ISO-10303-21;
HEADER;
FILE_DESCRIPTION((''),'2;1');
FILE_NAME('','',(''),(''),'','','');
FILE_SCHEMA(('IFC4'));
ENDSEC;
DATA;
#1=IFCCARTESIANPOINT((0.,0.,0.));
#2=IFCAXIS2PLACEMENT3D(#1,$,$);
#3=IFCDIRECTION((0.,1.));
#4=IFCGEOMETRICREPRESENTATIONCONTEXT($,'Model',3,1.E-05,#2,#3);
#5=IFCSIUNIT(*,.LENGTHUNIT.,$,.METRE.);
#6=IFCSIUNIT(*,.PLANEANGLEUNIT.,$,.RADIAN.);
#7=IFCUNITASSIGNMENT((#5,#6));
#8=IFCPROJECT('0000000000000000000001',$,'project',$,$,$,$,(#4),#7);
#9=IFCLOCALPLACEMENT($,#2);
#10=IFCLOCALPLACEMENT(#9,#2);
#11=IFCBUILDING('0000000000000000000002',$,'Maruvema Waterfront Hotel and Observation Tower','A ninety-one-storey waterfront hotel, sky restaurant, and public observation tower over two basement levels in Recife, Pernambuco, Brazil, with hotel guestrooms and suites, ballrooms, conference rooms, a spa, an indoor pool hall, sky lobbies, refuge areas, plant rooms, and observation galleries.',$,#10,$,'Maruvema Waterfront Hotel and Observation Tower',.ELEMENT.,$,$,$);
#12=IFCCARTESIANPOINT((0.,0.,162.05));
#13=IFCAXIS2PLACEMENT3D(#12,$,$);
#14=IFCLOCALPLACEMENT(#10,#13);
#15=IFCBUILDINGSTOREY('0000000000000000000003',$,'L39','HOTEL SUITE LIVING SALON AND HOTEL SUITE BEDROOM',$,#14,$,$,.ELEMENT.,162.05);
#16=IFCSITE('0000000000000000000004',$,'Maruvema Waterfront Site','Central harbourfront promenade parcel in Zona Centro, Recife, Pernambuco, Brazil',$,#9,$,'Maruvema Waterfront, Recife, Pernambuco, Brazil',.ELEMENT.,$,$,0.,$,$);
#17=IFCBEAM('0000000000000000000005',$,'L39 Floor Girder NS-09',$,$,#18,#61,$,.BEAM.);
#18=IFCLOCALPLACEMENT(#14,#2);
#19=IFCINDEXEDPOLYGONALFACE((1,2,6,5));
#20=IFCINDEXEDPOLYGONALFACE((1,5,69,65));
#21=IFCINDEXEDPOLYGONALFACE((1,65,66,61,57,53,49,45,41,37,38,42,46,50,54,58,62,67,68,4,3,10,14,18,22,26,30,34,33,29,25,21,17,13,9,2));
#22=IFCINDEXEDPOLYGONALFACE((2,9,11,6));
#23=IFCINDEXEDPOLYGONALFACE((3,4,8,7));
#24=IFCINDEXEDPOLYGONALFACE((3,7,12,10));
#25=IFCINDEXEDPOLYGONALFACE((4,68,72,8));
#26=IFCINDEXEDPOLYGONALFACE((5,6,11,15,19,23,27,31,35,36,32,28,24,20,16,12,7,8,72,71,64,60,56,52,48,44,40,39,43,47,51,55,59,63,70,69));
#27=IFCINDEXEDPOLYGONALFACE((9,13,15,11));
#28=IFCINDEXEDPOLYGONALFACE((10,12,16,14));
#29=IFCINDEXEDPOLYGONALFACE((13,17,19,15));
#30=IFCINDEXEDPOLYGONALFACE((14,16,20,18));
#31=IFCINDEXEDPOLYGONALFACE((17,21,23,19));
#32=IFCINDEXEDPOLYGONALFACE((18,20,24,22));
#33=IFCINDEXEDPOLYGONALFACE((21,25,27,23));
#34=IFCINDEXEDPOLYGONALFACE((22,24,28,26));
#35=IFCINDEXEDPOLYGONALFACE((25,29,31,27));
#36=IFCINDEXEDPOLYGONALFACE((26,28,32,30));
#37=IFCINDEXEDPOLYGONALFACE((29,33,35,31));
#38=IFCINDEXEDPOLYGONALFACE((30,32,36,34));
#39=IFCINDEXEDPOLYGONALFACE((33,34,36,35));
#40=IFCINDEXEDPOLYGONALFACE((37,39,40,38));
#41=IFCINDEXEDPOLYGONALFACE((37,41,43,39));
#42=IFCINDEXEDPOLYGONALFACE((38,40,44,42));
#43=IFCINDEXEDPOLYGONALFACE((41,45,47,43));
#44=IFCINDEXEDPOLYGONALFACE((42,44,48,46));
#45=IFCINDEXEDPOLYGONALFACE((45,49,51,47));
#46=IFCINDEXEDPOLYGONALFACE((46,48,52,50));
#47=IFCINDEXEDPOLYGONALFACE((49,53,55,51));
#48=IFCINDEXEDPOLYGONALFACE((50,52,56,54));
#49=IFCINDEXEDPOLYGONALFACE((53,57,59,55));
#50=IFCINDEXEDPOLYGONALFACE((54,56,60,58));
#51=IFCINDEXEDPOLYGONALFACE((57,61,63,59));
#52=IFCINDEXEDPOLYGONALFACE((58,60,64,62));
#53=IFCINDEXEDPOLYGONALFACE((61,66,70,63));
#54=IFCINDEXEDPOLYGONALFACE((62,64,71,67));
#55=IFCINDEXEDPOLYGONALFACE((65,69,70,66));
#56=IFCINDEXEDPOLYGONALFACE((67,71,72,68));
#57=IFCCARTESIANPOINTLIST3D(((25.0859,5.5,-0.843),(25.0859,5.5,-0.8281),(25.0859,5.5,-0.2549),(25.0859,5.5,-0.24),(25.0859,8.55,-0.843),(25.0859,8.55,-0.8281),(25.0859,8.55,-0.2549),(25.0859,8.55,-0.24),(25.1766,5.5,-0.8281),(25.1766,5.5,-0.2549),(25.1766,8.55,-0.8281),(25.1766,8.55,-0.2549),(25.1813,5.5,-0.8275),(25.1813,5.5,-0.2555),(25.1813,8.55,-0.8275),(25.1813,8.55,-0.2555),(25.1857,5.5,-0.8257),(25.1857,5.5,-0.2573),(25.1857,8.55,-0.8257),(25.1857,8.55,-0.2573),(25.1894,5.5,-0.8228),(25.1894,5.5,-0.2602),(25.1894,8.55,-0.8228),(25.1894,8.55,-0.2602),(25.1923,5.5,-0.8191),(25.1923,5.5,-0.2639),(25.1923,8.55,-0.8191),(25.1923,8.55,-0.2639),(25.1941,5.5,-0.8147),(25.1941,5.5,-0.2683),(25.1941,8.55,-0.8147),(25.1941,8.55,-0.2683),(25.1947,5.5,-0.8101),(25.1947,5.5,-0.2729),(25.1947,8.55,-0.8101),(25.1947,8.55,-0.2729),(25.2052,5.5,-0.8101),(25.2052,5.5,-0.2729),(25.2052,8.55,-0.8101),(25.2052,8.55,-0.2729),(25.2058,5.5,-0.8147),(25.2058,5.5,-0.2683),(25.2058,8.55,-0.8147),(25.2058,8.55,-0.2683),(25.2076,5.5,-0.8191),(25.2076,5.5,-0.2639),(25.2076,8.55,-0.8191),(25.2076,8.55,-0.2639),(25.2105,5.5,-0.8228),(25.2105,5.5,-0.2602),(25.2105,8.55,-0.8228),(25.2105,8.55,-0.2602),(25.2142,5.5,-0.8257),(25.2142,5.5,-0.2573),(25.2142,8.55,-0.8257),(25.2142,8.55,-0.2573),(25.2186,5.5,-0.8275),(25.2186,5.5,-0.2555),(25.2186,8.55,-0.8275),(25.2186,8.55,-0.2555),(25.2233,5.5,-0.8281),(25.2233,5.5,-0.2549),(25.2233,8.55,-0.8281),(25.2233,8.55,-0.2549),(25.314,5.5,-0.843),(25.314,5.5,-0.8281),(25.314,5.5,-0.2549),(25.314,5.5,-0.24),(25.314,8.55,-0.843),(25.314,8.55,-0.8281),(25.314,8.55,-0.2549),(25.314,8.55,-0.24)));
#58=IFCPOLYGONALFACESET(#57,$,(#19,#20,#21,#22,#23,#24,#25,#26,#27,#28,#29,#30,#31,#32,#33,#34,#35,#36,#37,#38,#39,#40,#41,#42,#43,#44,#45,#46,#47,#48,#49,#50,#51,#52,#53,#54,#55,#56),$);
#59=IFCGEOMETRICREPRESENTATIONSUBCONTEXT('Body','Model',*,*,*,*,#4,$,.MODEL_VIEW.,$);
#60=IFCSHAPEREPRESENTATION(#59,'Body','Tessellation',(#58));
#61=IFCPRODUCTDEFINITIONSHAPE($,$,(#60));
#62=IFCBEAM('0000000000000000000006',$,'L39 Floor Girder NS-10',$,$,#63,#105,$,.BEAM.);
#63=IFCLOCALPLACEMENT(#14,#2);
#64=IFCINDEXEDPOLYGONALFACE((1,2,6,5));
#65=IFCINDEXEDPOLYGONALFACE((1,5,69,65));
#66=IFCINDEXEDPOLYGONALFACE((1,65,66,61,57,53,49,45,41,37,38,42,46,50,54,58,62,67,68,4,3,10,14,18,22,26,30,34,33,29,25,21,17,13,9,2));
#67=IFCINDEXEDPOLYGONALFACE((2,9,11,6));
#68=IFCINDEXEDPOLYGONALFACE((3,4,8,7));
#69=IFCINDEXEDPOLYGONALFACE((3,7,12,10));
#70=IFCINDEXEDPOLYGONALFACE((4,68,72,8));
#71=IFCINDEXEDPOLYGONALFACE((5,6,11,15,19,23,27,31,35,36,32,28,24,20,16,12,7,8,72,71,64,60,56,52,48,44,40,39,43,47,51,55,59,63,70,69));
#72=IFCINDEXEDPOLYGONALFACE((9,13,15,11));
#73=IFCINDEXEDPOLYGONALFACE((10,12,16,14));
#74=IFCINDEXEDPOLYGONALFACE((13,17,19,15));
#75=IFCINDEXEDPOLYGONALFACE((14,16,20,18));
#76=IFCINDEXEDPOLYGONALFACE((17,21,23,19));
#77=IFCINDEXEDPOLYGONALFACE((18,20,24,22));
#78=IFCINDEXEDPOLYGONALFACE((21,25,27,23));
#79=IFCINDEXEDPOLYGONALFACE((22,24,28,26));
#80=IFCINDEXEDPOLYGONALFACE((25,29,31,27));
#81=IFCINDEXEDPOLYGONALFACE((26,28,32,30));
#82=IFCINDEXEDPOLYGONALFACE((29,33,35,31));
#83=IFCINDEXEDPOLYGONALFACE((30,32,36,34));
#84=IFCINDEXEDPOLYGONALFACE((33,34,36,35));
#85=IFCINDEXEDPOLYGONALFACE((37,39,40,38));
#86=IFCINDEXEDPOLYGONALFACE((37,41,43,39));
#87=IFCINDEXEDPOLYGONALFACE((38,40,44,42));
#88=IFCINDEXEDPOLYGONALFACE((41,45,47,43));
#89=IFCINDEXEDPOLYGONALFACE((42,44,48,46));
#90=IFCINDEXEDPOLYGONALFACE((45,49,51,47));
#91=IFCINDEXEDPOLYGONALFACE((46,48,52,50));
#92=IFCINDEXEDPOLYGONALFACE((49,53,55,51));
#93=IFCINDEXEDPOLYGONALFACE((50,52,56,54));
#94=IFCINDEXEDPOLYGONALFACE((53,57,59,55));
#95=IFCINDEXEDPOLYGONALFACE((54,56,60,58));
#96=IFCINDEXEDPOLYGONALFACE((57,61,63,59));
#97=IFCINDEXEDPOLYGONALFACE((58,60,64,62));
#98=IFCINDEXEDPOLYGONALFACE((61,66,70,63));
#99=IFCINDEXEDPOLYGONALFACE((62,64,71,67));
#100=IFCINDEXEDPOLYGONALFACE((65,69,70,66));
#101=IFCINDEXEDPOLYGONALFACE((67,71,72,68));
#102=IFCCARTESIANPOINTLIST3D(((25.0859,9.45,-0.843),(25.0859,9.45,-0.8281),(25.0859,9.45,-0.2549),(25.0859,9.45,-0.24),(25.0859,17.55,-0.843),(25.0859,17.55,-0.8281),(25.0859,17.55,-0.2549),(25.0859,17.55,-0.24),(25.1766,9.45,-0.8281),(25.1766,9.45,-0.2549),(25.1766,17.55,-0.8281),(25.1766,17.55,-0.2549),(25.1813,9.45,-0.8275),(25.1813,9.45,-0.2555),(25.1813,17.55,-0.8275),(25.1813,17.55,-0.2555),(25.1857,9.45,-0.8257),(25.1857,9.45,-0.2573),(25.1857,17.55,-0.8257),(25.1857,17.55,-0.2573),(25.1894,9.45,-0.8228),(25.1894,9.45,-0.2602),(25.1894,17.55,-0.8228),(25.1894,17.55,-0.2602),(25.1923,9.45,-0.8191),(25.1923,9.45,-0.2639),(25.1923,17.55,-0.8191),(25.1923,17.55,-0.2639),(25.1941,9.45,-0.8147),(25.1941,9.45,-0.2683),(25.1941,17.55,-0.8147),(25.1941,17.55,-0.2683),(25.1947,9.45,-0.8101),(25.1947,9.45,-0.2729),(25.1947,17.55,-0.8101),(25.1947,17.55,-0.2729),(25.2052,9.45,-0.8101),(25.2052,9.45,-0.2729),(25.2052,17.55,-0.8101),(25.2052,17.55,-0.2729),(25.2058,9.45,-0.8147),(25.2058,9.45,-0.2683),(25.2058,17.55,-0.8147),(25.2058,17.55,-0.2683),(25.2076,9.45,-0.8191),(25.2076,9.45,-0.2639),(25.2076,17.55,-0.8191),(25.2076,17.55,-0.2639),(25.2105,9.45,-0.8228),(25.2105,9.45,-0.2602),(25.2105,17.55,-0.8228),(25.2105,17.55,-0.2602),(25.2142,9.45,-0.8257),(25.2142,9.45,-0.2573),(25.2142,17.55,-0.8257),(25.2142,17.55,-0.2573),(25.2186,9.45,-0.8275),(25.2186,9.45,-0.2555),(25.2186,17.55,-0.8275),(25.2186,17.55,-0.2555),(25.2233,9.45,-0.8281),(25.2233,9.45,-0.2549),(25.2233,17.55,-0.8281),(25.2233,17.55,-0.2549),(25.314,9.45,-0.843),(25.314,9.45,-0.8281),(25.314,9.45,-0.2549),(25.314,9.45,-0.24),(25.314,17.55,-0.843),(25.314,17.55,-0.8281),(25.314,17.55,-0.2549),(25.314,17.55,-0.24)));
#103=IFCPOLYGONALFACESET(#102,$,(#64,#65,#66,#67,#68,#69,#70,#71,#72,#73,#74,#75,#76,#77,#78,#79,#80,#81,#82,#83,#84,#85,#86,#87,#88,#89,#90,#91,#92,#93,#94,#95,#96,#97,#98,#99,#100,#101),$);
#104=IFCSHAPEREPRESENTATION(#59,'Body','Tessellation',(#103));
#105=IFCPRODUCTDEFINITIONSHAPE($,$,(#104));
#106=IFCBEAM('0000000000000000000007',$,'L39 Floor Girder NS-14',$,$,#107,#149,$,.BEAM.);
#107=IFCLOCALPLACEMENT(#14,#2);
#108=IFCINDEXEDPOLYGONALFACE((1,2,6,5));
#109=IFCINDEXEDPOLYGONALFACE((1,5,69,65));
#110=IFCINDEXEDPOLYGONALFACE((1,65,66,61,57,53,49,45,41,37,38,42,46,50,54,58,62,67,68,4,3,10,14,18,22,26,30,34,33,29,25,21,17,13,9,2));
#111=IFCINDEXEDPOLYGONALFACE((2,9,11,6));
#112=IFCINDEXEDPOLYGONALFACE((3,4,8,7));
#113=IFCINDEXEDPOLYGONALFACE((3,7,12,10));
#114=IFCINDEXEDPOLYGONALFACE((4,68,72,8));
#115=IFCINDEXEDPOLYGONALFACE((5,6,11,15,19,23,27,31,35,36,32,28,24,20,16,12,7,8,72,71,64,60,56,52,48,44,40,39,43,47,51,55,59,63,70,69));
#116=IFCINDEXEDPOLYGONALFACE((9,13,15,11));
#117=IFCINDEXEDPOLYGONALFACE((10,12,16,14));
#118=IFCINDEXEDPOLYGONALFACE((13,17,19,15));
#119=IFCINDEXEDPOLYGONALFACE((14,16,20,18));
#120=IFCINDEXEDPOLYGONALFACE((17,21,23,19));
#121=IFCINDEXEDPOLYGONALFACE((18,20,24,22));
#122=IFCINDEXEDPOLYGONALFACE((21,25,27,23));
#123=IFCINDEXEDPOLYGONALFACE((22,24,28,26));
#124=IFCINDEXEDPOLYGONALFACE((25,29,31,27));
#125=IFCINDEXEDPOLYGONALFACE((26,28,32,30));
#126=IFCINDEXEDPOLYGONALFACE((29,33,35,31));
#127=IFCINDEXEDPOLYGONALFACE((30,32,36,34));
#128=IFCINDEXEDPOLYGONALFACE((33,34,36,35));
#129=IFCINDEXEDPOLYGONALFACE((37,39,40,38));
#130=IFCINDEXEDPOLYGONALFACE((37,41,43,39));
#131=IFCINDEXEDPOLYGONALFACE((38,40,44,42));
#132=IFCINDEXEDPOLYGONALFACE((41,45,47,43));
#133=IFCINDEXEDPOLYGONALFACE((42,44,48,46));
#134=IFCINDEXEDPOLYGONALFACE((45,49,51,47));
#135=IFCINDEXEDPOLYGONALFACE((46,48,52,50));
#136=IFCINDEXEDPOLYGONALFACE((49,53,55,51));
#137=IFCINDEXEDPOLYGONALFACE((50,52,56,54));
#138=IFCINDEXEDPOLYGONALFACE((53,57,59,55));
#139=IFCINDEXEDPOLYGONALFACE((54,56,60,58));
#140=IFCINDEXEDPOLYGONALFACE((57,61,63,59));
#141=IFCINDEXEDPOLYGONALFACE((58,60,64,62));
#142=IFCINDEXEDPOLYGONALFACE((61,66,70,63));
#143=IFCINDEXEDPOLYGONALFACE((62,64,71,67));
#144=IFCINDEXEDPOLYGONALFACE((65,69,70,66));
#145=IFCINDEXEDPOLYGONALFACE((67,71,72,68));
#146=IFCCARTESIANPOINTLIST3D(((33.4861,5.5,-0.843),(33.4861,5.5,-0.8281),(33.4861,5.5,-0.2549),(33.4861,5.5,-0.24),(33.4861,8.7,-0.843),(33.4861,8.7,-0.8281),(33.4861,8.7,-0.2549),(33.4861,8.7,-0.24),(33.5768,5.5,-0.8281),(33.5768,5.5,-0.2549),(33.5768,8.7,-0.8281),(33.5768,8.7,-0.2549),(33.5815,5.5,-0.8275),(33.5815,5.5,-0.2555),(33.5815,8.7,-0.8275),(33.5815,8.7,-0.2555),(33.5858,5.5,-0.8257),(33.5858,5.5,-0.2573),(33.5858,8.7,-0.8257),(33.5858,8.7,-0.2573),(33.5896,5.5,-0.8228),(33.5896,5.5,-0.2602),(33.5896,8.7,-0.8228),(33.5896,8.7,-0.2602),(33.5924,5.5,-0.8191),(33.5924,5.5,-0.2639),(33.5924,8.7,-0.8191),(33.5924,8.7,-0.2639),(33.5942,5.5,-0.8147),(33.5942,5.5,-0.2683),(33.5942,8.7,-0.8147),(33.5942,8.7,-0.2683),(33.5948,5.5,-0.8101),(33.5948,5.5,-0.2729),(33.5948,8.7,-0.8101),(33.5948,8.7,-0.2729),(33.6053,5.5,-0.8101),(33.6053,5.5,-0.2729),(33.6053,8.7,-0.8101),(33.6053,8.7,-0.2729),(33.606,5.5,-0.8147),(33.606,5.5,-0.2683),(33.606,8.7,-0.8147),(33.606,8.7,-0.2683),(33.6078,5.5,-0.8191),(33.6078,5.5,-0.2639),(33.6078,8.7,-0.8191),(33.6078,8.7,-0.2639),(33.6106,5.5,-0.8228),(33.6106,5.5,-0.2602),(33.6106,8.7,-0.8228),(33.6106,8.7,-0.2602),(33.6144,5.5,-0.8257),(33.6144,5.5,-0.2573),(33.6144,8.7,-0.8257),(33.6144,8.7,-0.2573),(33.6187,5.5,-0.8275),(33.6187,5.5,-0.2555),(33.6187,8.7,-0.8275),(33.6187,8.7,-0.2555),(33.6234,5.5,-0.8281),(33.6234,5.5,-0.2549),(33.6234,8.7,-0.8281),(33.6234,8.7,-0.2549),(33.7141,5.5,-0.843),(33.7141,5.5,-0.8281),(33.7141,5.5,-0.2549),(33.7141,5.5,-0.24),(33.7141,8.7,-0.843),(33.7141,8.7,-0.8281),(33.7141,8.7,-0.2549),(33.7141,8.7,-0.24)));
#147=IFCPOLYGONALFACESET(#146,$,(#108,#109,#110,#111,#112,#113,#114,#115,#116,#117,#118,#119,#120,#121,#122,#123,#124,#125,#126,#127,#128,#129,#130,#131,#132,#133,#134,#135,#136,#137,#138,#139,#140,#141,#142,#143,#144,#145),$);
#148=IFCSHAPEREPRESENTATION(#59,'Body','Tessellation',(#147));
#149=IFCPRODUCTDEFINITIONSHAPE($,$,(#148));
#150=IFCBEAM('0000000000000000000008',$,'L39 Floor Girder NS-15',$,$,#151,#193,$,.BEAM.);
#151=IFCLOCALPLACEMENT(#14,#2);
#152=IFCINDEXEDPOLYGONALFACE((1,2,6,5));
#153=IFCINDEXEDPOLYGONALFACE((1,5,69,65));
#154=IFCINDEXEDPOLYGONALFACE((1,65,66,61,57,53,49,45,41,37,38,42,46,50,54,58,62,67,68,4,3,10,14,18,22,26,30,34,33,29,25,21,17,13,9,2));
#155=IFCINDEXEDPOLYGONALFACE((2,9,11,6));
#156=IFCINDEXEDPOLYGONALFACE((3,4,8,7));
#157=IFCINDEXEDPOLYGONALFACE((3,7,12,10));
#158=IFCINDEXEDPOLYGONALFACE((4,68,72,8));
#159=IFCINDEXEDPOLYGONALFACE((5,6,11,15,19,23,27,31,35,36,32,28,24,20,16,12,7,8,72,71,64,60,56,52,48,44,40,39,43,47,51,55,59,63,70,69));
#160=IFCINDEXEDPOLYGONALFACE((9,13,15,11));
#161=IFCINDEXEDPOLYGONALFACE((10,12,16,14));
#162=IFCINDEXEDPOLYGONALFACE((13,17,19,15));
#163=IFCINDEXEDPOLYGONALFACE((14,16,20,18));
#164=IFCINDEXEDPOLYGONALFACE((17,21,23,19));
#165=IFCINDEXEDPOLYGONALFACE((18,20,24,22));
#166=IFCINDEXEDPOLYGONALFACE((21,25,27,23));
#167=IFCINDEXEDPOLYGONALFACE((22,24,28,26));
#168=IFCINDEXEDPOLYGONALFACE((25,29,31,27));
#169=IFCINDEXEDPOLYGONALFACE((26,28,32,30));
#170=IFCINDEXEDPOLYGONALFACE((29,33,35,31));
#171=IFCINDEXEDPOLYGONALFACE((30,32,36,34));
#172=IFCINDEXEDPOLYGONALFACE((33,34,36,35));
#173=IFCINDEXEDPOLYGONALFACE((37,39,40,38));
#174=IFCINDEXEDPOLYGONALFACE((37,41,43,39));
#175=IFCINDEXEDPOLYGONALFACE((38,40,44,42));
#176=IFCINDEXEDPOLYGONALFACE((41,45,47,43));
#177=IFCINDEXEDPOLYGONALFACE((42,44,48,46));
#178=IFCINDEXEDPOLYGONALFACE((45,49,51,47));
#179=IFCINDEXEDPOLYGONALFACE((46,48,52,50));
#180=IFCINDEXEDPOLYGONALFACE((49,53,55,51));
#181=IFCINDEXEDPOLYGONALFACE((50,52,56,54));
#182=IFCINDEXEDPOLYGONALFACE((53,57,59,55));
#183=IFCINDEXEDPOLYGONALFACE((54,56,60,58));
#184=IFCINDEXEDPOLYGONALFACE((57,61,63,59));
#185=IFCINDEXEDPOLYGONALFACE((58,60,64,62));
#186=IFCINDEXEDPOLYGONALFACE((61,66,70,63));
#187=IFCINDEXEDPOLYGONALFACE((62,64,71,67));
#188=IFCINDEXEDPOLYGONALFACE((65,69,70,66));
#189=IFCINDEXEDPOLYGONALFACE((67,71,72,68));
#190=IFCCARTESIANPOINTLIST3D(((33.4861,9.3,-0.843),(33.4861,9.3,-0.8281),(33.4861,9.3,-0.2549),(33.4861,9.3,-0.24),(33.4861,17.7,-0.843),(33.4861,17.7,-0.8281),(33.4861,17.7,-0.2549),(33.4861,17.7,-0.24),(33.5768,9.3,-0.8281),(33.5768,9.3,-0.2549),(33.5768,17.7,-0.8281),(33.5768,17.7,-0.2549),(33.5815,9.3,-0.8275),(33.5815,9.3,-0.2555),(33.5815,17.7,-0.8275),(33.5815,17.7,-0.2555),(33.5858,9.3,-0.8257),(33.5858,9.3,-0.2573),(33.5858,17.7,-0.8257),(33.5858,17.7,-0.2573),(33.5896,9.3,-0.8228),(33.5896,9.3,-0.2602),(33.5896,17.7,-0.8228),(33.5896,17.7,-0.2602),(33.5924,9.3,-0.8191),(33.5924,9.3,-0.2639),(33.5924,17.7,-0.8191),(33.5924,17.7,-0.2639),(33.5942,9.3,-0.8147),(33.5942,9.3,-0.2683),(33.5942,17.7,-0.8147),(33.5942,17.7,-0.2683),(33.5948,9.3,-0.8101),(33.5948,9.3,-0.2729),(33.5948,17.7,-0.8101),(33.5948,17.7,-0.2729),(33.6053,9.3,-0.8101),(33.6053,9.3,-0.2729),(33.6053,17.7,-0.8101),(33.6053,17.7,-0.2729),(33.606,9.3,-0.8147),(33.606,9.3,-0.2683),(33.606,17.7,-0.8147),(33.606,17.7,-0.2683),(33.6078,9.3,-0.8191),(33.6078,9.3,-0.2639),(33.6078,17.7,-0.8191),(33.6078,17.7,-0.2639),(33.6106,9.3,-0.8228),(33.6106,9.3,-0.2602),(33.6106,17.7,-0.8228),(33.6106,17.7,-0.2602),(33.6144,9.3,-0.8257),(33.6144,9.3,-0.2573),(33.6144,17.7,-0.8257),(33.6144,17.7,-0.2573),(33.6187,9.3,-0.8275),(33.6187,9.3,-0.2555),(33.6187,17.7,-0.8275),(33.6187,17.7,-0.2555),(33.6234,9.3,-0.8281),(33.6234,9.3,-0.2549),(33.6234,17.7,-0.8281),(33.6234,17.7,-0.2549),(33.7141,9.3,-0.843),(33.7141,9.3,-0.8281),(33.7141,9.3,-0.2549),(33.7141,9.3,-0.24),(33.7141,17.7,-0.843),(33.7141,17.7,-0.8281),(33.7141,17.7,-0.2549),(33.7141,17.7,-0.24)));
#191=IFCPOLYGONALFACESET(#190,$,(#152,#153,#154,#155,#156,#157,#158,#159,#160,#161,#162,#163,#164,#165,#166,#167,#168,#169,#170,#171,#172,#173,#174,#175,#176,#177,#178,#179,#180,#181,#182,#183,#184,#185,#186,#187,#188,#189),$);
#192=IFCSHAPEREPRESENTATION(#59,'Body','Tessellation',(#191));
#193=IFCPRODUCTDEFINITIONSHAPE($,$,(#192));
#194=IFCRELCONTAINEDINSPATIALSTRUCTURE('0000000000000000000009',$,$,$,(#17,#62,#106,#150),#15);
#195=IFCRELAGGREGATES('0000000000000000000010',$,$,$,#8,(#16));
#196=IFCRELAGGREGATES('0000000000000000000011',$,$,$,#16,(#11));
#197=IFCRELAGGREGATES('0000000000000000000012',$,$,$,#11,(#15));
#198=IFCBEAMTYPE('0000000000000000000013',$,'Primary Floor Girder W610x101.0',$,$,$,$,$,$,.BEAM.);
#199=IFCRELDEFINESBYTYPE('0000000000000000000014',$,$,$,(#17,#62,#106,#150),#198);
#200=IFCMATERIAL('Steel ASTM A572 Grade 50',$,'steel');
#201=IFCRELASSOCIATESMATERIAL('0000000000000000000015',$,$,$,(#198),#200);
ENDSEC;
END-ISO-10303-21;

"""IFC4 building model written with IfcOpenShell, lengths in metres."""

from ifc_helpers import new_model, si_unit, direction, frame, origin, origin_2d, place, context, subcontext, project, spatial, i_section, extrude, material, material_profile, profile_set, type_object, element, save


model = new_model("IFC4")

# Units and contexts
model_context = context("Model", 3, precision=1e-05, world=origin(), true_north=direction((0.0, 1.0)))
body_context = subcontext(model_context, "Body", "Model", "MODEL_VIEW")
ifc_project = project(units=[si_unit("LENGTHUNIT", "METRE"), si_unit("PLANEANGLEUNIT", "RADIAN")], contexts=[model_context])

# Site, building, storey
site_placement = place(None, origin())
site = spatial("IfcSite", under=ifc_project, at=site_placement, Name="Maruvema Waterfront Site", Description="Central harbourfront promenade parcel in Zona Centro, Recife, Pernambuco, Brazil", LongName="Maruvema Waterfront, Recife, Pernambuco, Brazil", CompositionType="ELEMENT", RefElevation=0.0)
building_placement = place(site_placement, origin())
building = spatial("IfcBuilding", under=site, at=building_placement, Name="Maruvema Waterfront Hotel and Observation Tower", Description="A ninety-one-storey waterfront hotel, sky restaurant, and public observation tower over two basement levels in Recife, Pernambuco, Brazil, with hotel guestrooms and suites, ballrooms, conference rooms, a spa, an indoor pool hall, sky lobbies, refuge areas, plant rooms, and observation galleries.", LongName="Maruvema Waterfront Hotel and Observation Tower", CompositionType="ELEMENT")
storey_placement = place(building_placement, frame((0.0, 0.0, 162.05)))
storey = spatial("IfcBuildingStorey", under=building, at=storey_placement, Name="L39", Description="HOTEL SUITE LIVING SALON AND HOTEL SUITE BEDROOM", CompositionType="ELEMENT", Elevation=162.05)

# Beams
ifc_material_1 = material(Name="Steel ASTM A572 Grade 50", Category="steel")
ifc_material_profile_1 = material_profile(ifc_material_1, i_section(OverallWidth=0.228, OverallDepth=0.603, WebThickness=0.0105, FlangeThickness=0.0149, FilletRadius=0.0181, at=origin_2d()), Name="W610x101.0")
ifc_profile_set_1 = profile_set([ifc_material_profile_1], Name="Steel ASTM A572 Grade 50")
beam_type_1 = type_object("IfcBeamType", Name="Primary Floor Girder W610x101.0", PredefinedType="BEAM", material=ifc_profile_set_1)
beam_1_placement = place(storey_placement, frame((25.2, 5.5, -0.5415), z_axis=(0.0, 1.0, 0.0), x_axis=(-1.0, 0.0, 0.0)))
element("IfcBeam", 1, at=beam_1_placement, inside=storey, type_object=beam_type_1, Name="L39 Floor Girder NS-09", PredefinedType="BEAM", context=body_context, shape_type="SweptSolid", body=[
    extrude(i_section(OverallWidth=0.228, OverallDepth=0.603, WebThickness=0.0105, FlangeThickness=0.0149, FilletRadius=0.0181, at=origin_2d()), origin(), (0.0, 0.0, 1.0), 3.05),
])
beam_2_placement = place(storey_placement, frame((25.2, 9.45, -0.5415), z_axis=(0.0, 1.0, 0.0), x_axis=(-1.0, 0.0, 0.0)))
element("IfcBeam", 2, at=beam_2_placement, inside=storey, type_object=beam_type_1, Name="L39 Floor Girder NS-10", PredefinedType="BEAM", context=body_context, shape_type="SweptSolid", body=[
    extrude(i_section(OverallWidth=0.228, OverallDepth=0.603, WebThickness=0.0105, FlangeThickness=0.0149, FilletRadius=0.0181, at=origin_2d()), origin(), (0.0, 0.0, 1.0), 8.1001),
])
beam_3_placement = place(storey_placement, frame((33.6001, 5.5, -0.5415), z_axis=(0.0, 1.0, 0.0), x_axis=(-1.0, 0.0, 0.0)))
element("IfcBeam", 3, at=beam_3_placement, inside=storey, type_object=beam_type_1, Name="L39 Floor Girder NS-14", PredefinedType="BEAM", context=body_context, shape_type="SweptSolid", body=[
    extrude(i_section(OverallWidth=0.228, OverallDepth=0.603, WebThickness=0.0105, FlangeThickness=0.0149, FilletRadius=0.0181, at=origin_2d()), origin(), (0.0, 0.0, 1.0), 3.2),
])
beam_4_placement = place(storey_placement, frame((33.6001, 9.3, -0.5415), z_axis=(0.0, 1.0, 0.0), x_axis=(-1.0, 0.0, 0.0)))
element("IfcBeam", 4, at=beam_4_placement, inside=storey, type_object=beam_type_1, Name="L39 Floor Girder NS-15", PredefinedType="BEAM", context=body_context, shape_type="SweptSolid", body=[
    extrude(i_section(OverallWidth=0.228, OverallDepth=0.603, WebThickness=0.0105, FlangeThickness=0.0149, FilletRadius=0.0181, at=origin_2d()), origin(), (0.0, 0.0, 1.0), 8.3999),
])

save(model, "model.ifc")
